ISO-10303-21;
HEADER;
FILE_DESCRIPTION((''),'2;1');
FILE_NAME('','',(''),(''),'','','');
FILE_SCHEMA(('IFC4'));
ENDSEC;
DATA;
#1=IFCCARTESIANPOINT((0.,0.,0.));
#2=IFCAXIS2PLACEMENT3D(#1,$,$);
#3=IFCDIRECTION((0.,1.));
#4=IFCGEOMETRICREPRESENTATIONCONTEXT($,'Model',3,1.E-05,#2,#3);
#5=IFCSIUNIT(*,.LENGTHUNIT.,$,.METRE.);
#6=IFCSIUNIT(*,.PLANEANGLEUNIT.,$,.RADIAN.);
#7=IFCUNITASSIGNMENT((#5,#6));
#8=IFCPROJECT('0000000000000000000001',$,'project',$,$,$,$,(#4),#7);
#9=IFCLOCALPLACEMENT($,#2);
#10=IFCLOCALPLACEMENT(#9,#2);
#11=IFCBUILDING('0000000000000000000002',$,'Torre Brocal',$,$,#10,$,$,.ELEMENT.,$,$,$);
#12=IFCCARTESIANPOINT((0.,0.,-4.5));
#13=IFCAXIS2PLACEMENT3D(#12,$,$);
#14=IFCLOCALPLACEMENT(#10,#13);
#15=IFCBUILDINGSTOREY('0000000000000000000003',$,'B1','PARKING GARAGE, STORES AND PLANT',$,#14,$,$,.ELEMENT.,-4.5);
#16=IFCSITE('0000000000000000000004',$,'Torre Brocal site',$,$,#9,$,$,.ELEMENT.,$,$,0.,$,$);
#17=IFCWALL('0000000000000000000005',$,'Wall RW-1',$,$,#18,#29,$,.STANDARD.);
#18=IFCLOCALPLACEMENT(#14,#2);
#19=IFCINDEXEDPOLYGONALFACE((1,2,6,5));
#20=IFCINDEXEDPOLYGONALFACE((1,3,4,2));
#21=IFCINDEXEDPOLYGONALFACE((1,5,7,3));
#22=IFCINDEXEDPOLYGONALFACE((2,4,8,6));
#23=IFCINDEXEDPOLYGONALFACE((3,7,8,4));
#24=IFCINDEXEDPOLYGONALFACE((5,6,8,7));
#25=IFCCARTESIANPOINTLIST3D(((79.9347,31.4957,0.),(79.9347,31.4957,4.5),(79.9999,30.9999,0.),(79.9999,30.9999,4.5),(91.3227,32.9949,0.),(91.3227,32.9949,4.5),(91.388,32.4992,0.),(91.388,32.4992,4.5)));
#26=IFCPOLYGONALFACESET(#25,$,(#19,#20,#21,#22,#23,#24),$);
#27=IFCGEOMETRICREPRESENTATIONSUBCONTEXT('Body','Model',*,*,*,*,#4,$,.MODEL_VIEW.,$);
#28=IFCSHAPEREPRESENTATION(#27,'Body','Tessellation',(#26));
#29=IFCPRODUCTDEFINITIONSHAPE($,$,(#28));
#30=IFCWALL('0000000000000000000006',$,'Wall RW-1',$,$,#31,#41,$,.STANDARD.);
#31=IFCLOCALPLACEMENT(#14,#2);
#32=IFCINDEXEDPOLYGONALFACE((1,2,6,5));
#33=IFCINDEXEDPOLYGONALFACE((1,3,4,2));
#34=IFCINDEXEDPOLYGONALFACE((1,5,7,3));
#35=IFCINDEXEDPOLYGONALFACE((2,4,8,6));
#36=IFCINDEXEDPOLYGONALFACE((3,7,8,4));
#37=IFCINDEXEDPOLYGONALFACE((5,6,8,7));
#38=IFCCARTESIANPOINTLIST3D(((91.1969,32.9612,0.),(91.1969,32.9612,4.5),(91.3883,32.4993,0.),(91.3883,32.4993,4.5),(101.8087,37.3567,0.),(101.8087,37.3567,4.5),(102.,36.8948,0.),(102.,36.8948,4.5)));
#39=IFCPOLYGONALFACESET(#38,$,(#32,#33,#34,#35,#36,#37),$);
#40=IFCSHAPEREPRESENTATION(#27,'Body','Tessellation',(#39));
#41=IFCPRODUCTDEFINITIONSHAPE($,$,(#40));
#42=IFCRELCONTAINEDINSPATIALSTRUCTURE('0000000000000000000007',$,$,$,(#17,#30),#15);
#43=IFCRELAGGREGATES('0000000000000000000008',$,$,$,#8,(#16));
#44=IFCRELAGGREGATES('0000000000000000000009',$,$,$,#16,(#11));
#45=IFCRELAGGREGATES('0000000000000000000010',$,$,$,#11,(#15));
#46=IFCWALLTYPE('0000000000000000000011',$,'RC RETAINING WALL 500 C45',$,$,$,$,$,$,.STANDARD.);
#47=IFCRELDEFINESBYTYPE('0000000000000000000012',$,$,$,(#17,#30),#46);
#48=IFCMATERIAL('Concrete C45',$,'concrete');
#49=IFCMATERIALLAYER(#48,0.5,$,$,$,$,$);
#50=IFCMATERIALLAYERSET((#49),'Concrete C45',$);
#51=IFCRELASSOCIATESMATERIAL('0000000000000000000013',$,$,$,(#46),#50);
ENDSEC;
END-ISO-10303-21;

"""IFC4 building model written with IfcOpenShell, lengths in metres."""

from ifc_helpers import new_model, si_unit, direction, frame, frame_2d, origin, place, context, subcontext, project, spatial, rectangle, extrude, material, layer, layer_set, type_object, element, save


model = new_model("IFC4")

# Units and contexts
model_context = context("Model", 3, precision=1e-05, world=origin(), true_north=direction((0.0, 1.0)))
body_context = subcontext(model_context, "Body", "Model", "MODEL_VIEW")
ifc_project = project(units=[si_unit("LENGTHUNIT", "METRE"), si_unit("PLANEANGLEUNIT", "RADIAN")], contexts=[model_context])

# Site, building, storey
site_placement = place(None, origin())
site = spatial("IfcSite", under=ifc_project, at=site_placement, Name="Torre Brocal site", CompositionType="ELEMENT", RefElevation=0.0)
building_placement = place(site_placement, origin())
building = spatial("IfcBuilding", under=site, at=building_placement, Name="Torre Brocal", CompositionType="ELEMENT")
storey_placement = place(building_placement, frame((0.0, 0.0, -4.5)))
storey = spatial("IfcBuildingStorey", under=building, at=storey_placement, Name="B1", Description="PARKING GARAGE, STORES AND PLANT", CompositionType="ELEMENT", Elevation=-4.5)

# Walls
ifc_material_1 = material(Name="Concrete C45", Category="concrete")
ifc_layer = layer(ifc_material_1, 0.5)
ifc_layer_set = layer_set([ifc_layer], Name="Concrete C45")
wall_type = type_object("IfcWallType", Name="RC RETAINING WALL 500 C45", PredefinedType="STANDARD", material=ifc_layer_set)
wall_1_placement = place(storey_placement, frame((79.9673, 31.2478, 0.0), z_axis=(0.0, 0.0, 1.0), x_axis=(0.991445, 0.130525, 0.0)))
element("IfcWall", 1, at=wall_1_placement, inside=storey, type_object=wall_type, Name="Wall RW-1", PredefinedType="STANDARD", context=body_context, shape_type="SweptSolid", body=[
    extrude(rectangle(XDim=11.4863, YDim=0.5, at=frame_2d((5.7432, 0.0))), origin(), (0.0, 0.0, 1.0), 4.5),
])
wall_2_placement = place(storey_placement, frame((91.2925, 32.7302, 0.0), z_axis=(0.0, 0.0, 1.0), x_axis=(0.923881, 0.38268, 0.0)))
element("IfcWall", 2, at=wall_2_placement, inside=storey, type_object=wall_type, Name="Wall RW-1", PredefinedType="STANDARD", context=body_context, shape_type="SweptSolid", body=[
    extrude(rectangle(XDim=11.4861, YDim=0.5, at=frame_2d((5.7432, 0.0))), origin(), (0.0, 0.0, 1.0), 4.5),
])

save(model, "model.ifc")
